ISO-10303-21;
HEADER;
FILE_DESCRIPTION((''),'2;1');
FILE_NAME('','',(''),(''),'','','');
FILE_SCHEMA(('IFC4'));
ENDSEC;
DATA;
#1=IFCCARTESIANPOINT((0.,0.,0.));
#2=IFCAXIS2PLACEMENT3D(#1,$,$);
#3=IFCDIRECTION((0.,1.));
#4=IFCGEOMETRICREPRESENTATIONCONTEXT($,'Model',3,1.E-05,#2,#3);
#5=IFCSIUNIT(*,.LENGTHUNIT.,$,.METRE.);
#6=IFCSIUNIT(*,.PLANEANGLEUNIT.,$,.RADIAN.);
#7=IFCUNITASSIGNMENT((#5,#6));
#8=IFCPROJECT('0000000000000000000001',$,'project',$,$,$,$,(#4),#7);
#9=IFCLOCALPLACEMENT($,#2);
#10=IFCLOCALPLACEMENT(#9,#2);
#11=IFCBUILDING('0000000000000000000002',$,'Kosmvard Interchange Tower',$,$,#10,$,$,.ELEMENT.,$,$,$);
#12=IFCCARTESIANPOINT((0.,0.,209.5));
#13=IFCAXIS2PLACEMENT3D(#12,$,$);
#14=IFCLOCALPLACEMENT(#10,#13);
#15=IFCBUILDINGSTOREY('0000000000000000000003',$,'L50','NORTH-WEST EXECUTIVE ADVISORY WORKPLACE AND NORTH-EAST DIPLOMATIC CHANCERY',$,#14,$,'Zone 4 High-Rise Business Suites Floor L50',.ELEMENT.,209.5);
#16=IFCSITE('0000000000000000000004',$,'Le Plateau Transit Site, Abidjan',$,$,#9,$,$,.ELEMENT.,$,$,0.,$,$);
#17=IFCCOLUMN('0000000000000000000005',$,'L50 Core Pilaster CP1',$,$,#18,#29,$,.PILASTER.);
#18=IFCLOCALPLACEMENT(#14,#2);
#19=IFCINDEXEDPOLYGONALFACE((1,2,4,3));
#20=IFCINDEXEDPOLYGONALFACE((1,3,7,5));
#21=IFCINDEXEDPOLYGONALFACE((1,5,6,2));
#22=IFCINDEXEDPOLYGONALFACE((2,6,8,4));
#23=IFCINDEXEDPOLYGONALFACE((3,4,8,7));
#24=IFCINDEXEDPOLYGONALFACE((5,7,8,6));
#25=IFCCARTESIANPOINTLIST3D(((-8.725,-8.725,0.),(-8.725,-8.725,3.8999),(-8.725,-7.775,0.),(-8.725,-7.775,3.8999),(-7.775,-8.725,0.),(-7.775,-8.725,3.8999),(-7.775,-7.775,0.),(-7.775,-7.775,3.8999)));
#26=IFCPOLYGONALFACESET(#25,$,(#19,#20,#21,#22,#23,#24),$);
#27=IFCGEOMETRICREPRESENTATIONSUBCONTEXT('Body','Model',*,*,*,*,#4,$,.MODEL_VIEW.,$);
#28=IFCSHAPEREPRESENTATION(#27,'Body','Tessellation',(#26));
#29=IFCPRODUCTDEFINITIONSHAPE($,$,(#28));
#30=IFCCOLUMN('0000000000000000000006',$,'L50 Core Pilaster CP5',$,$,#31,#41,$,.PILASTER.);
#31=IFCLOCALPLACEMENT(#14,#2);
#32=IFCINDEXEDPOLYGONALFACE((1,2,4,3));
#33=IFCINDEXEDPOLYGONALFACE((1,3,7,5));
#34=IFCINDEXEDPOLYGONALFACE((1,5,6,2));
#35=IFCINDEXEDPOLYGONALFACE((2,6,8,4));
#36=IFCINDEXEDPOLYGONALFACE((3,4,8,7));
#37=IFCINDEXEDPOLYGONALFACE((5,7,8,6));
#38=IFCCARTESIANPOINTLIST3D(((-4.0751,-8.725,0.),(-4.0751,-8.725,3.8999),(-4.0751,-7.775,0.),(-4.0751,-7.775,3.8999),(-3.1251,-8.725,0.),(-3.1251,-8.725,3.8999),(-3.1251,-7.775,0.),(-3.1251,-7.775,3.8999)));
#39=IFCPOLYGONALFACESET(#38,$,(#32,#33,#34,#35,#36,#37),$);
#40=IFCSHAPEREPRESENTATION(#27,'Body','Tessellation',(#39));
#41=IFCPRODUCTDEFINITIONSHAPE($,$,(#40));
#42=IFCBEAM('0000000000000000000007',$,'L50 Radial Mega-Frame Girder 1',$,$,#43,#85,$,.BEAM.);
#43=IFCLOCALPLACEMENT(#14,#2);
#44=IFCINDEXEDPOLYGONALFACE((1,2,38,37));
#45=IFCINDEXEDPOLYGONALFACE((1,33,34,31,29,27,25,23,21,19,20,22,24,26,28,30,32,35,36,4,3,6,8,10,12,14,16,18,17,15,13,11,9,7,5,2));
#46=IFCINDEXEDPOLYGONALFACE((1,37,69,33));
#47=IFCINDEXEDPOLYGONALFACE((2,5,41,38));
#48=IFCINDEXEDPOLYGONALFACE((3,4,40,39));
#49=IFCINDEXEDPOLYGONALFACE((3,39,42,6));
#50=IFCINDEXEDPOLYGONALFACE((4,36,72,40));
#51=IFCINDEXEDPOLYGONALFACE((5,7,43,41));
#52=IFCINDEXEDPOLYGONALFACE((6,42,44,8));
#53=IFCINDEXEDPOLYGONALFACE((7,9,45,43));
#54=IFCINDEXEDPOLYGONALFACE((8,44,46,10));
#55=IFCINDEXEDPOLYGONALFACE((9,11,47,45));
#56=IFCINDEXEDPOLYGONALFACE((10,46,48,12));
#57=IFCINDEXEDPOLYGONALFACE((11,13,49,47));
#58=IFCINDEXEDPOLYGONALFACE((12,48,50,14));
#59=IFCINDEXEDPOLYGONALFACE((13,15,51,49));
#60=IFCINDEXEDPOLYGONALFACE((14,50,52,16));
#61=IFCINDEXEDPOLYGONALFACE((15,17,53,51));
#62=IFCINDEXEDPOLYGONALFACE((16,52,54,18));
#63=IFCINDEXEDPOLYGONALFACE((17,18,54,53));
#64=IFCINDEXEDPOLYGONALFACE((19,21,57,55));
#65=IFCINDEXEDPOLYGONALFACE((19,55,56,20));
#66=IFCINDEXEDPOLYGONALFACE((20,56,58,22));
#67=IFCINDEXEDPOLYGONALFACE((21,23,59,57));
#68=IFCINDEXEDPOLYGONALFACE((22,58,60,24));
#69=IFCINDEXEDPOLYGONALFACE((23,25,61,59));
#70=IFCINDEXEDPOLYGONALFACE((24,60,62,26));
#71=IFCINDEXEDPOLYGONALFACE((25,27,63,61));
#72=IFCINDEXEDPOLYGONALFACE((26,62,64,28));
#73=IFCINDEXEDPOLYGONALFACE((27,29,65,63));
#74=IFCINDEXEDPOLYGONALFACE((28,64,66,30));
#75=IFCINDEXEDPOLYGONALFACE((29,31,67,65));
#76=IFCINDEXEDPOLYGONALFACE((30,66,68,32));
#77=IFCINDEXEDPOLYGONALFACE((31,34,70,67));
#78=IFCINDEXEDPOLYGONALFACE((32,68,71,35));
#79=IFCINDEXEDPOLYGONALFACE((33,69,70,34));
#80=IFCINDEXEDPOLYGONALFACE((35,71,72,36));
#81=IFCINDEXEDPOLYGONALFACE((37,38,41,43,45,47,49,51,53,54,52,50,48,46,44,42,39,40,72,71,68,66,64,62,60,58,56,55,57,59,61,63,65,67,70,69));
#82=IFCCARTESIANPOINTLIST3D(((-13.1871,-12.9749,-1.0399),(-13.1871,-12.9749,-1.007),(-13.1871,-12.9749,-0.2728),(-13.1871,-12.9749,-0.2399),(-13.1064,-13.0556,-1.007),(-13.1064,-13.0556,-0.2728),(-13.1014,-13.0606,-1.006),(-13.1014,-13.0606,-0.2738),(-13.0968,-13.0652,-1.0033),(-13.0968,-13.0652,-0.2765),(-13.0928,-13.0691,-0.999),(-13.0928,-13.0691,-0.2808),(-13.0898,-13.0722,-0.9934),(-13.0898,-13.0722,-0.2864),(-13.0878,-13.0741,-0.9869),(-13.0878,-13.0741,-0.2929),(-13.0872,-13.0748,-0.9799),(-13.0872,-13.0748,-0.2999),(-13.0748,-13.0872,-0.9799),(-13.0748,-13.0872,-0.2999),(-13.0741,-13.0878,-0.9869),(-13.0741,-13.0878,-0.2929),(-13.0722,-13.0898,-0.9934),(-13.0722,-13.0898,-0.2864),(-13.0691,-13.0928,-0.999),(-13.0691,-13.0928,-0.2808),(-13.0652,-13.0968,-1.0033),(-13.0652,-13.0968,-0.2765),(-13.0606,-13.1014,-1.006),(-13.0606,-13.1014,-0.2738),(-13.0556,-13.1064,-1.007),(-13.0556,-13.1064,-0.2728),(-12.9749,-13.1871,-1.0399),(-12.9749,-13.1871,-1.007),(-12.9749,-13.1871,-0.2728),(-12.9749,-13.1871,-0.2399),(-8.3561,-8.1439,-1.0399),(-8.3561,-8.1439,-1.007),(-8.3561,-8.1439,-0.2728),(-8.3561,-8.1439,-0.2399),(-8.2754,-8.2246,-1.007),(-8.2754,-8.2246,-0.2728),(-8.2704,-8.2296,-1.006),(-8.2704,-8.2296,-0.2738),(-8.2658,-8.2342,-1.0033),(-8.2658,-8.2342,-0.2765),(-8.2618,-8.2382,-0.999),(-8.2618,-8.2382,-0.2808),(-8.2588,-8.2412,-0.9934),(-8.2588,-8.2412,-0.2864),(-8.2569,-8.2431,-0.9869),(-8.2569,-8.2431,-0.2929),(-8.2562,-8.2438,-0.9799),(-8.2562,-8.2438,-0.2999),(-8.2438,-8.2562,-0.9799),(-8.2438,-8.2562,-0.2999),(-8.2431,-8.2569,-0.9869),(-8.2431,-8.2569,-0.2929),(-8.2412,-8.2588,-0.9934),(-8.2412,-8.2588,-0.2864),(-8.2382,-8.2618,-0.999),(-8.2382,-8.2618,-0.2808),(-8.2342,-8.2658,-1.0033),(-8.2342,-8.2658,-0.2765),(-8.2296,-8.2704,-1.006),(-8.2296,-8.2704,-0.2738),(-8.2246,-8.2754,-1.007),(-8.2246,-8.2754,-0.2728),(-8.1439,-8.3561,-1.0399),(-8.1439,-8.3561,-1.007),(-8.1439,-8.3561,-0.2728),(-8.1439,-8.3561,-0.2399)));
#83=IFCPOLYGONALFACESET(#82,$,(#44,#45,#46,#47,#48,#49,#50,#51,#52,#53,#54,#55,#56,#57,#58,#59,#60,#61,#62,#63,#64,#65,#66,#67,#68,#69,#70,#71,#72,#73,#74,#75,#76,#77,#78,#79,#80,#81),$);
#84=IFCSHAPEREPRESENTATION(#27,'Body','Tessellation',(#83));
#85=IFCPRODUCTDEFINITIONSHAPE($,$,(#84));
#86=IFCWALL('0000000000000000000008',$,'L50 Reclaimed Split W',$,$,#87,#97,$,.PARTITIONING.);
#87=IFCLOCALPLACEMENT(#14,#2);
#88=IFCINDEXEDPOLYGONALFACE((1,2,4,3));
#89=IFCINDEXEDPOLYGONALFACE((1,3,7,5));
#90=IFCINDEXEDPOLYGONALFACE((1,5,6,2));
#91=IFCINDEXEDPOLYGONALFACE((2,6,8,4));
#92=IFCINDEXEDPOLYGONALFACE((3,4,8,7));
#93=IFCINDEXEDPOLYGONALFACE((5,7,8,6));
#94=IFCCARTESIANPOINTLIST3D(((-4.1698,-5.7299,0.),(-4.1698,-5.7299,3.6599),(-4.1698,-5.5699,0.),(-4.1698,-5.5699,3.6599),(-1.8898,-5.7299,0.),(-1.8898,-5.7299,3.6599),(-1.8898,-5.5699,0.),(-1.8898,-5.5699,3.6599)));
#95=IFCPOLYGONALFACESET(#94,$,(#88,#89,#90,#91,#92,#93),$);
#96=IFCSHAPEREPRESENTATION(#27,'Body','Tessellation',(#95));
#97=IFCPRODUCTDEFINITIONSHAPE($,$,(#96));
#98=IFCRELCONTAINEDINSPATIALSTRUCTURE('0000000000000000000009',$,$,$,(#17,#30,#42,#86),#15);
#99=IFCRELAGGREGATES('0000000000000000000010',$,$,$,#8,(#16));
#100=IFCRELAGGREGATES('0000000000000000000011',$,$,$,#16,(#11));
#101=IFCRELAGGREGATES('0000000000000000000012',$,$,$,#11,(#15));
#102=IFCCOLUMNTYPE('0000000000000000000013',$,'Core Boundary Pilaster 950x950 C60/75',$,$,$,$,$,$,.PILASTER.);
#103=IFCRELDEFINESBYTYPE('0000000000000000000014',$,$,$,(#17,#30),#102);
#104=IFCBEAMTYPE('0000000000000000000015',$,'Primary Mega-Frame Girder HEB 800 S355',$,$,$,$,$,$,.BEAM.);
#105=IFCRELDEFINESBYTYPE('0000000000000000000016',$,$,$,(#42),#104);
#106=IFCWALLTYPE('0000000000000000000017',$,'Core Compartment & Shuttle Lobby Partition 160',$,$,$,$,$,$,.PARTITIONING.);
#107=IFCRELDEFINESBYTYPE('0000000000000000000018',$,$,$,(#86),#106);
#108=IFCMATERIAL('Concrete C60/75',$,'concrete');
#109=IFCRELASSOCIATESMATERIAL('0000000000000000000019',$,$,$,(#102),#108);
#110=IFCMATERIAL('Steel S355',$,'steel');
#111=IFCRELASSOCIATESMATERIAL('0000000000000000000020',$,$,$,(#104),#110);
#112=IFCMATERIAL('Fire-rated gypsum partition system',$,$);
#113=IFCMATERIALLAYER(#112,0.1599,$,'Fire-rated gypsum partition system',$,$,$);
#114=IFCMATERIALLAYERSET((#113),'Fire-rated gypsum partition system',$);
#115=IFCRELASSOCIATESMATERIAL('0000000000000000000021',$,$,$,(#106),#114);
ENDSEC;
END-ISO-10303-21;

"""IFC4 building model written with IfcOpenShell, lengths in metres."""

from ifc_helpers import new_model, si_unit, direction, frame, frame_2d, origin, origin_2d, place, context, subcontext, project, spatial, rectangle, i_section, extrude, source, transform, mapped, material, layer, layer_set, material_profile, profile_set, type_object, element, save


model = new_model("IFC4")

# Units and contexts
model_context = context("Model", 3, precision=1e-05, world=origin(), true_north=direction((0.0, 1.0)))
body_context = subcontext(model_context, "Body", "Model", "MODEL_VIEW")
ifc_project = project(units=[si_unit("LENGTHUNIT", "METRE"), si_unit("PLANEANGLEUNIT", "RADIAN")], contexts=[model_context])

# Site, building, storey
site_placement = place(None, origin())
site = spatial("IfcSite", under=ifc_project, at=site_placement, Name="Le Plateau Transit Site, Abidjan", CompositionType="ELEMENT", RefElevation=0.0)
building_placement = place(site_placement, origin())
building = spatial("IfcBuilding", under=site, at=building_placement, Name="Kosmvard Interchange Tower", CompositionType="ELEMENT")
storey_placement = place(building_placement, frame((0.0, 0.0, 209.5)))
storey = spatial("IfcBuildingStorey", under=building, at=storey_placement, Name="L50", Description="NORTH-WEST EXECUTIVE ADVISORY WORKPLACE AND NORTH-EAST DIPLOMATIC CHANCERY", LongName="Zone 4 High-Rise Business Suites Floor L50", CompositionType="ELEMENT", Elevation=209.5)

# Columns
ifc_material_1 = material(Name="Concrete C60/75", Category="concrete")
ifc_material_profile_1 = material_profile(ifc_material_1, rectangle(XDim=0.95, YDim=0.95, at=origin_2d()), Name="CP 950x950")
ifc_profile_set_1 = profile_set([ifc_material_profile_1], Name="Concrete C60/75")
column_type = type_object("IfcColumnType", Name="Core Boundary Pilaster 950x950 C60/75", PredefinedType="PILASTER", material=ifc_profile_set_1)
shared_shape_1 = source(origin(), body_context, "Body", "SweptSolid", [
    extrude(rectangle(XDim=0.95, YDim=0.95, at=origin_2d()), origin(), (0.0, 0.0, 1.0), 3.8999),
])
for number, where, z_axis, x_axis, name in (
    (1, (-8.25, -8.25, 0.0), (0.0, 0.0, 1.0), (1.0, 0.0, 0.0), "L50 Core Pilaster CP1"),
    (2, (-3.6001, -8.25, 0.0), (0.0, 0.0, 1.0), (1.0, 0.0, 0.0), "L50 Core Pilaster CP5"),
):
    element("IfcColumn", number, at=place(storey_placement, frame(where, z_axis=z_axis, x_axis=x_axis)), inside=storey, type_object=column_type, Name=name, PredefinedType="PILASTER", context=body_context, shape_type="MappedRepresentation", body=[
        mapped(shared_shape_1, transform((0.0, 0.0, 0.0), scale=1.0)),
    ])

# Beam
ifc_material_2 = material(Name="Steel S355", Category="steel")
ifc_material_profile_2 = material_profile(ifc_material_2, i_section(OverallWidth=0.3, OverallDepth=0.8, WebThickness=0.0176, FlangeThickness=0.033, FilletRadius=0.0271, at=origin_2d()), Name="HEB 800")
ifc_profile_set_2 = profile_set([ifc_material_profile_2], Name="Steel S355")
beam_type = type_object("IfcBeamType", Name="Primary Mega-Frame Girder HEB 800 S355", PredefinedType="BEAM", material=ifc_profile_set_2)
shared_shape_2 = source(origin(), body_context, "Body", "SweptSolid", [
    extrude(i_section(OverallWidth=0.3, OverallDepth=0.8, WebThickness=0.0176, FlangeThickness=0.033, FilletRadius=0.0271, at=origin_2d()), origin(), (0.0, 0.0, 1.0), 6.832),
])
beam_placement = place(storey_placement, frame((-8.25, -8.25, -0.6399), z_axis=(-0.707107, -0.707107, 0.0), x_axis=(0.707107, -0.707107, 0.0)))
element("IfcBeam", 3, at=beam_placement, inside=storey, type_object=beam_type, Name="L50 Radial Mega-Frame Girder 1", PredefinedType="BEAM", context=body_context, shape_type="MappedRepresentation", body=[
    mapped(shared_shape_2, transform((0.0, 0.0, 0.0), scale=1.0)),
])

# Wall
ifc_material_3 = material(Name="Fire-rated gypsum partition system")
ifc_layer_1 = layer(ifc_material_3, 0.1599, Name="Fire-rated gypsum partition system")
ifc_layer_set_1 = layer_set([ifc_layer_1], Name="Fire-rated gypsum partition system")
wall_type_1 = type_object("IfcWallType", Name="Core Compartment & Shuttle Lobby Partition 160", PredefinedType="PARTITIONING", material=ifc_layer_set_1)
wall_1_placement = place(storey_placement, frame((-4.1699, -5.6499, 0.0), z_axis=(0.0, 0.0, 1.0), x_axis=(1.0, 0.0, 0.0)))
element("IfcWall", 4, at=wall_1_placement, inside=storey, type_object=wall_type_1, Name="L50 Reclaimed Split W", PredefinedType="PARTITIONING", context=body_context, shape_type="SweptSolid", body=[
    extrude(rectangle(XDim=2.28, YDim=0.1599, at=frame_2d((1.1401, 0.0))), origin(), (0.0, 0.0, 1.0), 3.6599),
])

save(model, "model.ifc")
